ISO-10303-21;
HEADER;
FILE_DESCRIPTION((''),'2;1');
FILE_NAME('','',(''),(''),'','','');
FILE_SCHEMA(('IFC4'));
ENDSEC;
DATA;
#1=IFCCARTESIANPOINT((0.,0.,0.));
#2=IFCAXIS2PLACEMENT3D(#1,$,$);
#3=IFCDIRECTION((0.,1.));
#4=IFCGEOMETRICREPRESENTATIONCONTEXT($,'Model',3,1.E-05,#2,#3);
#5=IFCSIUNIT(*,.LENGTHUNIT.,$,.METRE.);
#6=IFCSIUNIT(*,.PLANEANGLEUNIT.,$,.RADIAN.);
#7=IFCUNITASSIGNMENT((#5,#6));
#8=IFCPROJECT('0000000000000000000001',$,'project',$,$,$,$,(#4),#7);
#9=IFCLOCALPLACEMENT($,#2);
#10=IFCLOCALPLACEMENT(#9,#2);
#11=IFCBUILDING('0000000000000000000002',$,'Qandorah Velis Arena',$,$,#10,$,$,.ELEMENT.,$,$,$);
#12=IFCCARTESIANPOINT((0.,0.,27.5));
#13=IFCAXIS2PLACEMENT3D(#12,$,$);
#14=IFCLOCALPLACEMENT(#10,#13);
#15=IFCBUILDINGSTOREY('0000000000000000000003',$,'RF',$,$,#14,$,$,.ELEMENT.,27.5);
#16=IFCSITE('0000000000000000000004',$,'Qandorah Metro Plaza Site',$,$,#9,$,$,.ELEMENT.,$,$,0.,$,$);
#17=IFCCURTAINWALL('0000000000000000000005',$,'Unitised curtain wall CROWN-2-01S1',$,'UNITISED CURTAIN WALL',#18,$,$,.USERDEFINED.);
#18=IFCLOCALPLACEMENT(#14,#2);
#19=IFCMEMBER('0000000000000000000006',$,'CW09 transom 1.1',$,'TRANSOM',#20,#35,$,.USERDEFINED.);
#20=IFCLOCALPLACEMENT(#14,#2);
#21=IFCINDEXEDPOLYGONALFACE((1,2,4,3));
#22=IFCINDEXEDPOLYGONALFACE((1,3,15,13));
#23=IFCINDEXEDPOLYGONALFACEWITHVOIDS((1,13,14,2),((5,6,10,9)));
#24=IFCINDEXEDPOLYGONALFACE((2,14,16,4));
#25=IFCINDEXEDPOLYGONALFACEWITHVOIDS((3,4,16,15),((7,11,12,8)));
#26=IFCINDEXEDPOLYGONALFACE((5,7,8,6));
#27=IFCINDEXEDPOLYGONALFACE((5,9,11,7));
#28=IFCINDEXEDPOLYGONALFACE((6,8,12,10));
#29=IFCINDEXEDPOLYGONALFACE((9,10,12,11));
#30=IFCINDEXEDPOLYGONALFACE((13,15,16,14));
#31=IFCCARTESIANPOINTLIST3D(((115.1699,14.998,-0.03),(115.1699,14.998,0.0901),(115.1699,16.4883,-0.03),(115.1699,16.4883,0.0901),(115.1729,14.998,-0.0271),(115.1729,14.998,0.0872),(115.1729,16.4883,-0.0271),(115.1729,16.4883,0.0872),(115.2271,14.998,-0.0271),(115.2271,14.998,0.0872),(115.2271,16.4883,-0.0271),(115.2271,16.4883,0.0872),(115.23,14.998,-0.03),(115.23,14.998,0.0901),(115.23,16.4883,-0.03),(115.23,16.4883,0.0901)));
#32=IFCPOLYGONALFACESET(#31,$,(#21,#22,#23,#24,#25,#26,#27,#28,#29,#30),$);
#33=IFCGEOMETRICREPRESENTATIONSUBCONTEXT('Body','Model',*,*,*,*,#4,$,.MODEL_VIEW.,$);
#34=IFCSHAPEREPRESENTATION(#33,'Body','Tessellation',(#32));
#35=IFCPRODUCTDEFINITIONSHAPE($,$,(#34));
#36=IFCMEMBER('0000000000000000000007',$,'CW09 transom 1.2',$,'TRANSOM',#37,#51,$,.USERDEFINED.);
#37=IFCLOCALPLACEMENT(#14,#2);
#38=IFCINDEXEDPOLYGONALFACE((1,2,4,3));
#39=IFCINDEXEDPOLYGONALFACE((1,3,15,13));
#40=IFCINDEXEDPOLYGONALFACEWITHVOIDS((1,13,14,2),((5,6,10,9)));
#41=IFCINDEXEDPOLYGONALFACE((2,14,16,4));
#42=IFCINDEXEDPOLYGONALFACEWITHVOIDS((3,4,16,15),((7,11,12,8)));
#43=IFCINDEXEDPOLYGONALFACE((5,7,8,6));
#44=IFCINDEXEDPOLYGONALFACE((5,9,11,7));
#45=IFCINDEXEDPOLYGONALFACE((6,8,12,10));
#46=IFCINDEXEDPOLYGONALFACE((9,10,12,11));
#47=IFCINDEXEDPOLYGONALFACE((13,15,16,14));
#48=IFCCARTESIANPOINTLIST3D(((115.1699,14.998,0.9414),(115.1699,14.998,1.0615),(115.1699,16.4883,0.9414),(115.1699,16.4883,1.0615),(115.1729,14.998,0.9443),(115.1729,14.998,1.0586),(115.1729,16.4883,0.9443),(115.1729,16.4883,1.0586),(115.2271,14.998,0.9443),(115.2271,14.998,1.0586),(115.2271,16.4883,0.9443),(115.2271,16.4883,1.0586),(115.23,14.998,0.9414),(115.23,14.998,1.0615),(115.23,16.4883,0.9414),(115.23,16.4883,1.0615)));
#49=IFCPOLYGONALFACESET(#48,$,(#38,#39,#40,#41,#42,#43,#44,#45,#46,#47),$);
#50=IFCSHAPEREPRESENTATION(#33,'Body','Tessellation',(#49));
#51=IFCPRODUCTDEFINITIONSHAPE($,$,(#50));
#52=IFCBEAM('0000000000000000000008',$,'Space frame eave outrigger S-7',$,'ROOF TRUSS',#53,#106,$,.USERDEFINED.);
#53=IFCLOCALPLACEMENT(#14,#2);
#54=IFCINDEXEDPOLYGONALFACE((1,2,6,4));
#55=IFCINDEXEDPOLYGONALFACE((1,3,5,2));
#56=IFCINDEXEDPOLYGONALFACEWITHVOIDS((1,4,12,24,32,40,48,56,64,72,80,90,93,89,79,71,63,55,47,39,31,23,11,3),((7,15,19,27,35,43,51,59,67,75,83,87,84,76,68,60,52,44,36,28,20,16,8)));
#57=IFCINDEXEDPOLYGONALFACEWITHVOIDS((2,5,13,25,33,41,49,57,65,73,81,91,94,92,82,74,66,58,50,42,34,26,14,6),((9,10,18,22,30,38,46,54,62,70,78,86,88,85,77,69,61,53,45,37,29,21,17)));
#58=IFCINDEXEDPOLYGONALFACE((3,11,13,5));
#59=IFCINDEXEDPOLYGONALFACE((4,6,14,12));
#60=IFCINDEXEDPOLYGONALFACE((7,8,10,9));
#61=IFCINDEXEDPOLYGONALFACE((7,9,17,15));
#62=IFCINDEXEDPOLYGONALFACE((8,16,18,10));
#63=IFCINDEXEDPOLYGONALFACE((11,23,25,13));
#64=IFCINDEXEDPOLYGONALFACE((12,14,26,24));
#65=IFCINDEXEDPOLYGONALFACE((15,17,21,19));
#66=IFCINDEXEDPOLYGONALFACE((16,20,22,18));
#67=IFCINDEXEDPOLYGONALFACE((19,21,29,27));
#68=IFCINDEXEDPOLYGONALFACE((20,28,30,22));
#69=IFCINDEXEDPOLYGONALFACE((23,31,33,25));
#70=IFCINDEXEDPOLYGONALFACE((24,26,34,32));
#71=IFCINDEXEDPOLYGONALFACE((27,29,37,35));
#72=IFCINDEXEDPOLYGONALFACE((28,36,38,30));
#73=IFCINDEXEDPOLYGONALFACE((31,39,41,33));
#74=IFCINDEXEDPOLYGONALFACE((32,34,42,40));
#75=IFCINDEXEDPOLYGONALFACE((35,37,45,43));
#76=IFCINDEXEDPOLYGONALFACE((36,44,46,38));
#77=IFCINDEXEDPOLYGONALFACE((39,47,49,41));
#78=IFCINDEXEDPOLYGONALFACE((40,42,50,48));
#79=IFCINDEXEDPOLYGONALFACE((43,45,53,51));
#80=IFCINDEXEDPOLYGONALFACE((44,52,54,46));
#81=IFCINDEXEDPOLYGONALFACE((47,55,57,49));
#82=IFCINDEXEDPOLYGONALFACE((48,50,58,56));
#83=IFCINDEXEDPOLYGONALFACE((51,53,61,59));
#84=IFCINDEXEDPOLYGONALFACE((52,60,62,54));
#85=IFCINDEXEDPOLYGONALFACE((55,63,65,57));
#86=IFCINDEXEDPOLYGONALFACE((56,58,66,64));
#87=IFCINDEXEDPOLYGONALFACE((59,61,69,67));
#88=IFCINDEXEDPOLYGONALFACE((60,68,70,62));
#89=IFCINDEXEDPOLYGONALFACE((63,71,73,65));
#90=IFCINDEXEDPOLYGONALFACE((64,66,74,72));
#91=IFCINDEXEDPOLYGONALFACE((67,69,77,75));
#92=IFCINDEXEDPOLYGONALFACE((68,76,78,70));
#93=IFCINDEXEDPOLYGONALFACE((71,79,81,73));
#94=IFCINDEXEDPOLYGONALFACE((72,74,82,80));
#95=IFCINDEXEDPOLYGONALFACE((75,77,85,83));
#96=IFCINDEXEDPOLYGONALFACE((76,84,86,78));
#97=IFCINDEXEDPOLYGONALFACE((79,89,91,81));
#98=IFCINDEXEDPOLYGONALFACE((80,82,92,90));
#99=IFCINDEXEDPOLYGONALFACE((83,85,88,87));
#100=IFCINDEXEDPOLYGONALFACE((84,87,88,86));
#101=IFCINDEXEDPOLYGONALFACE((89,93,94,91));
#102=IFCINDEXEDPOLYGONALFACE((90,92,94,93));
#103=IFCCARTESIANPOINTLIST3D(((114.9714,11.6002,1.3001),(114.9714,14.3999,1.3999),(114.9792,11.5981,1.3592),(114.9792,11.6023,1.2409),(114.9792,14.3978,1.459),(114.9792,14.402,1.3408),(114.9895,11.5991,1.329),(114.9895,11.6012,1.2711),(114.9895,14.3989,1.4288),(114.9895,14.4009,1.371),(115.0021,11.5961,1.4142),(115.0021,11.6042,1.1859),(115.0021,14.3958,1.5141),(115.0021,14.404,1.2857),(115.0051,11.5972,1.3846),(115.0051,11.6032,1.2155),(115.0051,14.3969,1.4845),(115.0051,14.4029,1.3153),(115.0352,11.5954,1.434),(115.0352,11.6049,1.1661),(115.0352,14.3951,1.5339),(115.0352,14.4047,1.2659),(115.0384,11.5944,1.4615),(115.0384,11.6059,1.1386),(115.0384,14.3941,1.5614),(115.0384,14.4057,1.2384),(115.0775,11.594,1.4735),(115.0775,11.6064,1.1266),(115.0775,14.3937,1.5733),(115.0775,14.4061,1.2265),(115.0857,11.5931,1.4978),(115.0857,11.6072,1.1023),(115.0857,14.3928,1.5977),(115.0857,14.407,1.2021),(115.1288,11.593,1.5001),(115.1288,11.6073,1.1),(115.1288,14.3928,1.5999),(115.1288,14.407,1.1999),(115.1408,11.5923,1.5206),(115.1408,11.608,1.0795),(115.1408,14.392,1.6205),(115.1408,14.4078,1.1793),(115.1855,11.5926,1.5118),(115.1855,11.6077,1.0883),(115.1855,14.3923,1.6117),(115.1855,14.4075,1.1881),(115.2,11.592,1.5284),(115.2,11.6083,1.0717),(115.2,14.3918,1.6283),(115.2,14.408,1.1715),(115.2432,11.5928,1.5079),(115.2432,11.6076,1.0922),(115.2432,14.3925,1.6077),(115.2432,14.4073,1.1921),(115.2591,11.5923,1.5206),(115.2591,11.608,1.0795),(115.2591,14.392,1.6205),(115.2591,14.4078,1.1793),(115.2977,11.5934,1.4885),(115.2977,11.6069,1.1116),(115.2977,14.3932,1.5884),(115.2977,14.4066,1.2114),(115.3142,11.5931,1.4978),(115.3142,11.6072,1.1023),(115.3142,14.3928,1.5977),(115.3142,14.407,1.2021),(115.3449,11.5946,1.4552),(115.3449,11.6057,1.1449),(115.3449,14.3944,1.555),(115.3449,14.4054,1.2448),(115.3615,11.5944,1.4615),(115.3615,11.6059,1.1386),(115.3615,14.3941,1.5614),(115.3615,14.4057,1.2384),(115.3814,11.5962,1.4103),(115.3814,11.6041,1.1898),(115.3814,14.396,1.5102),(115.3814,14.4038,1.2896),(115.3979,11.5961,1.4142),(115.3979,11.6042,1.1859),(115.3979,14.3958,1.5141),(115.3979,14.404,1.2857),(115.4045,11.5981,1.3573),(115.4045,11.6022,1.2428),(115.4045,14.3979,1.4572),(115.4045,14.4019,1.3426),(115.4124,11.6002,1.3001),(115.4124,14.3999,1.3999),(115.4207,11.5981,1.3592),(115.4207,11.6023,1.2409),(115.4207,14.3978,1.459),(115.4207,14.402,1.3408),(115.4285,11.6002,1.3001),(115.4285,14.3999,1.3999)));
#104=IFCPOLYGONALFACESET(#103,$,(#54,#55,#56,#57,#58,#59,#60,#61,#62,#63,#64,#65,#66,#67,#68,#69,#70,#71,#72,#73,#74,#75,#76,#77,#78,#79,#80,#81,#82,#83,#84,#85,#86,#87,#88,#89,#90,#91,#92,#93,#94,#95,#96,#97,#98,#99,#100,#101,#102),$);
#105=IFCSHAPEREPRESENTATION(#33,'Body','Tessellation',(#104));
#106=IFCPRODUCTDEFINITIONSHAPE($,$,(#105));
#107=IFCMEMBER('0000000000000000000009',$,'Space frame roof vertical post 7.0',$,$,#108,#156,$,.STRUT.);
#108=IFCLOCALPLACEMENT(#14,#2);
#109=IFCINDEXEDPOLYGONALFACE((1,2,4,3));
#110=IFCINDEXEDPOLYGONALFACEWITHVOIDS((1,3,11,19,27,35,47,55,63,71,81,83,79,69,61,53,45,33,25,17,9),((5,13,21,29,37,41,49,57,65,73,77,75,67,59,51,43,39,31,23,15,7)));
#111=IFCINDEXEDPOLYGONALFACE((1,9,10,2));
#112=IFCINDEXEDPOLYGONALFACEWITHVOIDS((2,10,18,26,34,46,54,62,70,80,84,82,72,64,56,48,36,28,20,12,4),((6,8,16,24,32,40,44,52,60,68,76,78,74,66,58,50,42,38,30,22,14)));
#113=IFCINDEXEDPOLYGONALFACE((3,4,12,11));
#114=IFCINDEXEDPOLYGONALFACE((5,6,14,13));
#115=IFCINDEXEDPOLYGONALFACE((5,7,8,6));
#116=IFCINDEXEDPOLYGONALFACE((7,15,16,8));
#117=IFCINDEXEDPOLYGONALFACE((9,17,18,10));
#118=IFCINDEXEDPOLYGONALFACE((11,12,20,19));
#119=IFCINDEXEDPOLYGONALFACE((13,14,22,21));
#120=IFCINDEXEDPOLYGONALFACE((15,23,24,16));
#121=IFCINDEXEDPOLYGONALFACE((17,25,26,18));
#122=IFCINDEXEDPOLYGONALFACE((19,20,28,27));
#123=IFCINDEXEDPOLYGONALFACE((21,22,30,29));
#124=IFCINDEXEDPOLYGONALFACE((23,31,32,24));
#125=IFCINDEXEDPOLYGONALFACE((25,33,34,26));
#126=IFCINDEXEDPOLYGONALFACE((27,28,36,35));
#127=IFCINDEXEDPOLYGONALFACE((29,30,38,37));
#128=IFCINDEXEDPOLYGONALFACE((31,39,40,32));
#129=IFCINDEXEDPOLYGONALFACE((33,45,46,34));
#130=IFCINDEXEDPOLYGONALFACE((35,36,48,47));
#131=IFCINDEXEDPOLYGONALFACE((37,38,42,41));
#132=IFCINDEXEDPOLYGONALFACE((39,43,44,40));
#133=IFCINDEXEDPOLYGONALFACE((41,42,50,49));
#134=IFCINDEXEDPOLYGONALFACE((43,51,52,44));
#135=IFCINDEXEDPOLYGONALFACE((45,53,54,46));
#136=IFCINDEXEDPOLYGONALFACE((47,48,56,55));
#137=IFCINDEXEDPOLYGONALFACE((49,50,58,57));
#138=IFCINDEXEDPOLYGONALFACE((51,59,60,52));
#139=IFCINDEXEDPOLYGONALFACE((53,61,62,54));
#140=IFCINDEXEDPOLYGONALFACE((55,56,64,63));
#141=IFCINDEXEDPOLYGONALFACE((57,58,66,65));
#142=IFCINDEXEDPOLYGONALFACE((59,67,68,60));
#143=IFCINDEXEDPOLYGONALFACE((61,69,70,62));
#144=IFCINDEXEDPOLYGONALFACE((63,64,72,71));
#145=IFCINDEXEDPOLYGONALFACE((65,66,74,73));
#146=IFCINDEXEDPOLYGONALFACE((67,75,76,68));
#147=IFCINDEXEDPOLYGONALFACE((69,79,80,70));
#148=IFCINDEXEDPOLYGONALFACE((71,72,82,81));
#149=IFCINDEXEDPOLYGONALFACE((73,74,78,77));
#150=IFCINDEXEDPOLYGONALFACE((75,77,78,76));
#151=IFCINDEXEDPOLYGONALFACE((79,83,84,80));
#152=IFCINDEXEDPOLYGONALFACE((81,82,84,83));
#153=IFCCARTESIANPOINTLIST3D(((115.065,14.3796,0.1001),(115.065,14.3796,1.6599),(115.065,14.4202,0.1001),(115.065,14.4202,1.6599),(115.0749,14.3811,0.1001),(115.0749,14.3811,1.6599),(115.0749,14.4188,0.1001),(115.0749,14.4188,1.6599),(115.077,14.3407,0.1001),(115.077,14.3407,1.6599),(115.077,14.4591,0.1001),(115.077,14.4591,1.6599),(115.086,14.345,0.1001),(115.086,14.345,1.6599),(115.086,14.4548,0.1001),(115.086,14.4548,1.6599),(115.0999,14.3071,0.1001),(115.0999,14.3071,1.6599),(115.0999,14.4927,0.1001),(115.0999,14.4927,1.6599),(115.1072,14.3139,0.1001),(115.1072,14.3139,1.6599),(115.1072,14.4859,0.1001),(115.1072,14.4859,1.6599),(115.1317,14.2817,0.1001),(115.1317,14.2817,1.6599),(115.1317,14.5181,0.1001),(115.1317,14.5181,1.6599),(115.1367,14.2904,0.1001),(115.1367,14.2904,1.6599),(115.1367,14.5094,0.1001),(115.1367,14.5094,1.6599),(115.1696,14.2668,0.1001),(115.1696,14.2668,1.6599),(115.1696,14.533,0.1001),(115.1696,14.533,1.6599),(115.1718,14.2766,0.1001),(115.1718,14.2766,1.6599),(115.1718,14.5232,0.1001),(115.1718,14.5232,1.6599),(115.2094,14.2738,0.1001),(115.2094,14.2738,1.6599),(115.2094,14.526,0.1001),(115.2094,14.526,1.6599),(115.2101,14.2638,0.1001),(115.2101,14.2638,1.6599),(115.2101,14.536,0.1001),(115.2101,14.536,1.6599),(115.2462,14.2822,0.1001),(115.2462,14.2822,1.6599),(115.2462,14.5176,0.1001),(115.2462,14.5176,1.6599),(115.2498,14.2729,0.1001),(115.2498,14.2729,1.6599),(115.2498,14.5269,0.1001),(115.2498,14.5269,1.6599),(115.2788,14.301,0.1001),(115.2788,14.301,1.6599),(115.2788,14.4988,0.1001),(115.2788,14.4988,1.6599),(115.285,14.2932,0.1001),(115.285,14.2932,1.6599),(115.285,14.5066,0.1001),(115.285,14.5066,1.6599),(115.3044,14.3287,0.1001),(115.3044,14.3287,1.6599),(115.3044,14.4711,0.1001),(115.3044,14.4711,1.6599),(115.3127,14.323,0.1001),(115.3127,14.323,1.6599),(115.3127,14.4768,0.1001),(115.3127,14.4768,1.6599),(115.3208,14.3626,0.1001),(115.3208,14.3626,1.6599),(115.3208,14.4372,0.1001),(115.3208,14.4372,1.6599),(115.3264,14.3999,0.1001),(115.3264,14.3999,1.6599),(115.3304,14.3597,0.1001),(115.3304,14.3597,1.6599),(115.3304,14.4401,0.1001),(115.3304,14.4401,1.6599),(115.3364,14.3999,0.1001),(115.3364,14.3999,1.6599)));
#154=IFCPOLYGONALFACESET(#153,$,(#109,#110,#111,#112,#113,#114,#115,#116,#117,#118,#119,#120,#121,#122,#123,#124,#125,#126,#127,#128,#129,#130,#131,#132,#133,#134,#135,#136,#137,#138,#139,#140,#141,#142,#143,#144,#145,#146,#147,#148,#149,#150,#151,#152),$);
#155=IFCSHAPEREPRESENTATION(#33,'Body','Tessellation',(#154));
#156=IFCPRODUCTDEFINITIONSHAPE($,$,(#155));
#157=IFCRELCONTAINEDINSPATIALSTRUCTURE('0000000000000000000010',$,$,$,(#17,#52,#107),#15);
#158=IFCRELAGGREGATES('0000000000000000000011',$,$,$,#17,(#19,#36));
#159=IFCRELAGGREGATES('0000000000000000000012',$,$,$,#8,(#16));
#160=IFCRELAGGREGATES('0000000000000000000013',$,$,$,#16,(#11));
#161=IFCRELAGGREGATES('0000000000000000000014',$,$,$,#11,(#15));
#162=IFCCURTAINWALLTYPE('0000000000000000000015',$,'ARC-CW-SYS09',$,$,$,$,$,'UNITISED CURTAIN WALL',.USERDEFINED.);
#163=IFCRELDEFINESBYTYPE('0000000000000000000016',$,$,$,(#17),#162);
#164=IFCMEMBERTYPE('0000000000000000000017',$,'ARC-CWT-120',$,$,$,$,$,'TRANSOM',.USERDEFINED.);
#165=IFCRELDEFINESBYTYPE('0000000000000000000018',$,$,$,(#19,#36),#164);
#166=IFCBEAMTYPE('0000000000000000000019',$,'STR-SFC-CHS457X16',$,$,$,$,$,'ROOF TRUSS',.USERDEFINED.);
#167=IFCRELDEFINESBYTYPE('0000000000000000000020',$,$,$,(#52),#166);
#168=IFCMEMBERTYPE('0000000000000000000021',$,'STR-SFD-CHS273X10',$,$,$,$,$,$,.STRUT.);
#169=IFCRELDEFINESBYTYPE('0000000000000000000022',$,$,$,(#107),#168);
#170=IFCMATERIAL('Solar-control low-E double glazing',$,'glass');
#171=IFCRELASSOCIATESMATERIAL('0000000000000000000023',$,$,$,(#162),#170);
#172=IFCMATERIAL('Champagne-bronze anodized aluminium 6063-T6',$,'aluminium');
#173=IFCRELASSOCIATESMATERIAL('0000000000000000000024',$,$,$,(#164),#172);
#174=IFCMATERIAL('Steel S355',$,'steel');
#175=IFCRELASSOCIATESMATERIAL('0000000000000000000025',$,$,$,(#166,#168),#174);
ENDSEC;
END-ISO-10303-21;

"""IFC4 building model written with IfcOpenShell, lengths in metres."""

from ifc_helpers import new_model, si_unit, direction, frame, origin, origin_2d, place, context, subcontext, project, spatial, hollow_rectangle, hollow_circle, extrude, material, material_profile, profile_set, type_object, element, aggregate, save


model = new_model("IFC4")

# Units and contexts
model_context = context("Model", 3, precision=1e-05, world=origin(), true_north=direction((0.0, 1.0)))
body_context = subcontext(model_context, "Body", "Model", "MODEL_VIEW")
ifc_project = project(units=[si_unit("LENGTHUNIT", "METRE"), si_unit("PLANEANGLEUNIT", "RADIAN")], contexts=[model_context])

# Site, building, storey
site_placement = place(None, origin())
site = spatial("IfcSite", under=ifc_project, at=site_placement, Name="Qandorah Metro Plaza Site", CompositionType="ELEMENT", RefElevation=0.0)
building_placement = place(site_placement, origin())
building = spatial("IfcBuilding", under=site, at=building_placement, Name="Qandorah Velis Arena", CompositionType="ELEMENT")
storey_placement = place(building_placement, frame((0.0, 0.0, 27.5)))
storey = spatial("IfcBuildingStorey", under=building, at=storey_placement, Name="RF", CompositionType="ELEMENT", Elevation=27.5)

# Shared definitions
ifc_material_1 = material(Name="Solar-control low-E double glazing", Category="glass")
ifc_material_2 = material(Name="Champagne-bronze anodized aluminium 6063-T6", Category="aluminium")

# Curtain wall
curtain_wall_type_1 = type_object("IfcCurtainWallType", Name="ARC-CW-SYS09", ElementType="UNITISED CURTAIN WALL", PredefinedType="USERDEFINED", material=ifc_material_1)
curtain_wall_1_placement = place(storey_placement, origin())
curtain_wall_1 = element("IfcCurtainWall", 1, at=curtain_wall_1_placement, inside=storey, type_object=curtain_wall_type_1, Name="Unitised curtain wall CROWN-2-01S1", ObjectType="UNITISED CURTAIN WALL", PredefinedType="USERDEFINED")

# Members
ifc_material_profile_1 = material_profile(ifc_material_2, hollow_rectangle(XDim=0.0601, YDim=0.1201, WallThickness=0.0029, at=origin_2d()), Name="ALU TRANSOM 60x120")
ifc_profile_set_1 = profile_set([ifc_material_profile_1], Name="Champagne-bronze anodized aluminium 6063-T6")
member_type_1 = type_object("IfcMemberType", Name="ARC-CWT-120", ElementType="TRANSOM", PredefinedType="USERDEFINED", material=ifc_profile_set_1)
member_1_placement = place(storey_placement, frame((115.2, 14.998, 0.03), z_axis=(0.0, 1.0, 0.0), x_axis=(-1.0, 0.0, 0.0)))
member_1 = element("IfcMember", 2, at=member_1_placement, type_object=member_type_1, Name="CW09 transom 1.1", ObjectType="TRANSOM", PredefinedType="USERDEFINED", context=body_context, shape_type="SweptSolid", body=[
    extrude(hollow_rectangle(XDim=0.0601, YDim=0.1201, WallThickness=0.0029, at=origin_2d()), origin(), (0.0, 0.0, 1.0), 1.4902),
])
member_2_placement = place(storey_placement, frame((115.2, 14.998, 1.0015), z_axis=(0.0, 1.0, 0.0), x_axis=(-1.0, 0.0, 0.0)))
member_2 = element("IfcMember", 3, at=member_2_placement, type_object=member_type_1, Name="CW09 transom 1.2", ObjectType="TRANSOM", PredefinedType="USERDEFINED", context=body_context, shape_type="SweptSolid", body=[
    extrude(hollow_rectangle(XDim=0.0601, YDim=0.1201, WallThickness=0.0029, at=origin_2d()), origin(), (0.0, 0.0, 1.0), 1.4902),
])
aggregate(curtain_wall_1, [member_1, member_2])

# Beam
ifc_material_3 = material(Name="Steel S355", Category="steel")
ifc_material_profile_2 = material_profile(ifc_material_3, hollow_circle(Radius=0.2285, WallThickness=0.0161, at=origin_2d()), Name="CHS 457x16")
ifc_profile_set_2 = profile_set([ifc_material_profile_2], Name="Steel S355")
beam_type = type_object("IfcBeamType", Name="STR-SFC-CHS457X16", ElementType="ROOF TRUSS", PredefinedType="USERDEFINED", material=ifc_profile_set_2)
beam_placement = place(storey_placement, frame((115.2, 14.3999, 1.3999), z_axis=(0.0, -0.999365, -0.035642), x_axis=(1.0, 0.0, 0.0)))
element("IfcBeam", 4, at=beam_placement, inside=storey, type_object=beam_type, Name="Space frame eave outrigger S-7", ObjectType="ROOF TRUSS", PredefinedType="USERDEFINED", context=body_context, shape_type="SweptSolid", body=[
    extrude(hollow_circle(Radius=0.2285, WallThickness=0.0161, at=origin_2d()), origin(), (0.0, 0.0, 1.0), 2.8015),
])

# Member
ifc_material_profile_3 = material_profile(ifc_material_3, hollow_circle(Radius=0.1365, WallThickness=0.01, at=origin_2d()), Name="CHS 273x10")
ifc_profile_set_3 = profile_set([ifc_material_profile_3], Name="Steel S355")
member_type_2 = type_object("IfcMemberType", Name="STR-SFD-CHS273X10", PredefinedType="STRUT", material=ifc_profile_set_3)
member_3_placement = place(storey_placement, frame((115.2, 14.3999, 0.1001), z_axis=(0.0, 0.0, 1.0), x_axis=(1.0, 0.0, 0.0)))
element("IfcMember", 5, at=member_3_placement, inside=storey, type_object=member_type_2, Name="Space frame roof vertical post 7.0", PredefinedType="STRUT", context=body_context, shape_type="SweptSolid", body=[
    extrude(hollow_circle(Radius=0.1365, WallThickness=0.01, at=origin_2d()), origin(), (0.0, 0.0, 1.0), 1.5598),
])

save(model, "model.ifc")
